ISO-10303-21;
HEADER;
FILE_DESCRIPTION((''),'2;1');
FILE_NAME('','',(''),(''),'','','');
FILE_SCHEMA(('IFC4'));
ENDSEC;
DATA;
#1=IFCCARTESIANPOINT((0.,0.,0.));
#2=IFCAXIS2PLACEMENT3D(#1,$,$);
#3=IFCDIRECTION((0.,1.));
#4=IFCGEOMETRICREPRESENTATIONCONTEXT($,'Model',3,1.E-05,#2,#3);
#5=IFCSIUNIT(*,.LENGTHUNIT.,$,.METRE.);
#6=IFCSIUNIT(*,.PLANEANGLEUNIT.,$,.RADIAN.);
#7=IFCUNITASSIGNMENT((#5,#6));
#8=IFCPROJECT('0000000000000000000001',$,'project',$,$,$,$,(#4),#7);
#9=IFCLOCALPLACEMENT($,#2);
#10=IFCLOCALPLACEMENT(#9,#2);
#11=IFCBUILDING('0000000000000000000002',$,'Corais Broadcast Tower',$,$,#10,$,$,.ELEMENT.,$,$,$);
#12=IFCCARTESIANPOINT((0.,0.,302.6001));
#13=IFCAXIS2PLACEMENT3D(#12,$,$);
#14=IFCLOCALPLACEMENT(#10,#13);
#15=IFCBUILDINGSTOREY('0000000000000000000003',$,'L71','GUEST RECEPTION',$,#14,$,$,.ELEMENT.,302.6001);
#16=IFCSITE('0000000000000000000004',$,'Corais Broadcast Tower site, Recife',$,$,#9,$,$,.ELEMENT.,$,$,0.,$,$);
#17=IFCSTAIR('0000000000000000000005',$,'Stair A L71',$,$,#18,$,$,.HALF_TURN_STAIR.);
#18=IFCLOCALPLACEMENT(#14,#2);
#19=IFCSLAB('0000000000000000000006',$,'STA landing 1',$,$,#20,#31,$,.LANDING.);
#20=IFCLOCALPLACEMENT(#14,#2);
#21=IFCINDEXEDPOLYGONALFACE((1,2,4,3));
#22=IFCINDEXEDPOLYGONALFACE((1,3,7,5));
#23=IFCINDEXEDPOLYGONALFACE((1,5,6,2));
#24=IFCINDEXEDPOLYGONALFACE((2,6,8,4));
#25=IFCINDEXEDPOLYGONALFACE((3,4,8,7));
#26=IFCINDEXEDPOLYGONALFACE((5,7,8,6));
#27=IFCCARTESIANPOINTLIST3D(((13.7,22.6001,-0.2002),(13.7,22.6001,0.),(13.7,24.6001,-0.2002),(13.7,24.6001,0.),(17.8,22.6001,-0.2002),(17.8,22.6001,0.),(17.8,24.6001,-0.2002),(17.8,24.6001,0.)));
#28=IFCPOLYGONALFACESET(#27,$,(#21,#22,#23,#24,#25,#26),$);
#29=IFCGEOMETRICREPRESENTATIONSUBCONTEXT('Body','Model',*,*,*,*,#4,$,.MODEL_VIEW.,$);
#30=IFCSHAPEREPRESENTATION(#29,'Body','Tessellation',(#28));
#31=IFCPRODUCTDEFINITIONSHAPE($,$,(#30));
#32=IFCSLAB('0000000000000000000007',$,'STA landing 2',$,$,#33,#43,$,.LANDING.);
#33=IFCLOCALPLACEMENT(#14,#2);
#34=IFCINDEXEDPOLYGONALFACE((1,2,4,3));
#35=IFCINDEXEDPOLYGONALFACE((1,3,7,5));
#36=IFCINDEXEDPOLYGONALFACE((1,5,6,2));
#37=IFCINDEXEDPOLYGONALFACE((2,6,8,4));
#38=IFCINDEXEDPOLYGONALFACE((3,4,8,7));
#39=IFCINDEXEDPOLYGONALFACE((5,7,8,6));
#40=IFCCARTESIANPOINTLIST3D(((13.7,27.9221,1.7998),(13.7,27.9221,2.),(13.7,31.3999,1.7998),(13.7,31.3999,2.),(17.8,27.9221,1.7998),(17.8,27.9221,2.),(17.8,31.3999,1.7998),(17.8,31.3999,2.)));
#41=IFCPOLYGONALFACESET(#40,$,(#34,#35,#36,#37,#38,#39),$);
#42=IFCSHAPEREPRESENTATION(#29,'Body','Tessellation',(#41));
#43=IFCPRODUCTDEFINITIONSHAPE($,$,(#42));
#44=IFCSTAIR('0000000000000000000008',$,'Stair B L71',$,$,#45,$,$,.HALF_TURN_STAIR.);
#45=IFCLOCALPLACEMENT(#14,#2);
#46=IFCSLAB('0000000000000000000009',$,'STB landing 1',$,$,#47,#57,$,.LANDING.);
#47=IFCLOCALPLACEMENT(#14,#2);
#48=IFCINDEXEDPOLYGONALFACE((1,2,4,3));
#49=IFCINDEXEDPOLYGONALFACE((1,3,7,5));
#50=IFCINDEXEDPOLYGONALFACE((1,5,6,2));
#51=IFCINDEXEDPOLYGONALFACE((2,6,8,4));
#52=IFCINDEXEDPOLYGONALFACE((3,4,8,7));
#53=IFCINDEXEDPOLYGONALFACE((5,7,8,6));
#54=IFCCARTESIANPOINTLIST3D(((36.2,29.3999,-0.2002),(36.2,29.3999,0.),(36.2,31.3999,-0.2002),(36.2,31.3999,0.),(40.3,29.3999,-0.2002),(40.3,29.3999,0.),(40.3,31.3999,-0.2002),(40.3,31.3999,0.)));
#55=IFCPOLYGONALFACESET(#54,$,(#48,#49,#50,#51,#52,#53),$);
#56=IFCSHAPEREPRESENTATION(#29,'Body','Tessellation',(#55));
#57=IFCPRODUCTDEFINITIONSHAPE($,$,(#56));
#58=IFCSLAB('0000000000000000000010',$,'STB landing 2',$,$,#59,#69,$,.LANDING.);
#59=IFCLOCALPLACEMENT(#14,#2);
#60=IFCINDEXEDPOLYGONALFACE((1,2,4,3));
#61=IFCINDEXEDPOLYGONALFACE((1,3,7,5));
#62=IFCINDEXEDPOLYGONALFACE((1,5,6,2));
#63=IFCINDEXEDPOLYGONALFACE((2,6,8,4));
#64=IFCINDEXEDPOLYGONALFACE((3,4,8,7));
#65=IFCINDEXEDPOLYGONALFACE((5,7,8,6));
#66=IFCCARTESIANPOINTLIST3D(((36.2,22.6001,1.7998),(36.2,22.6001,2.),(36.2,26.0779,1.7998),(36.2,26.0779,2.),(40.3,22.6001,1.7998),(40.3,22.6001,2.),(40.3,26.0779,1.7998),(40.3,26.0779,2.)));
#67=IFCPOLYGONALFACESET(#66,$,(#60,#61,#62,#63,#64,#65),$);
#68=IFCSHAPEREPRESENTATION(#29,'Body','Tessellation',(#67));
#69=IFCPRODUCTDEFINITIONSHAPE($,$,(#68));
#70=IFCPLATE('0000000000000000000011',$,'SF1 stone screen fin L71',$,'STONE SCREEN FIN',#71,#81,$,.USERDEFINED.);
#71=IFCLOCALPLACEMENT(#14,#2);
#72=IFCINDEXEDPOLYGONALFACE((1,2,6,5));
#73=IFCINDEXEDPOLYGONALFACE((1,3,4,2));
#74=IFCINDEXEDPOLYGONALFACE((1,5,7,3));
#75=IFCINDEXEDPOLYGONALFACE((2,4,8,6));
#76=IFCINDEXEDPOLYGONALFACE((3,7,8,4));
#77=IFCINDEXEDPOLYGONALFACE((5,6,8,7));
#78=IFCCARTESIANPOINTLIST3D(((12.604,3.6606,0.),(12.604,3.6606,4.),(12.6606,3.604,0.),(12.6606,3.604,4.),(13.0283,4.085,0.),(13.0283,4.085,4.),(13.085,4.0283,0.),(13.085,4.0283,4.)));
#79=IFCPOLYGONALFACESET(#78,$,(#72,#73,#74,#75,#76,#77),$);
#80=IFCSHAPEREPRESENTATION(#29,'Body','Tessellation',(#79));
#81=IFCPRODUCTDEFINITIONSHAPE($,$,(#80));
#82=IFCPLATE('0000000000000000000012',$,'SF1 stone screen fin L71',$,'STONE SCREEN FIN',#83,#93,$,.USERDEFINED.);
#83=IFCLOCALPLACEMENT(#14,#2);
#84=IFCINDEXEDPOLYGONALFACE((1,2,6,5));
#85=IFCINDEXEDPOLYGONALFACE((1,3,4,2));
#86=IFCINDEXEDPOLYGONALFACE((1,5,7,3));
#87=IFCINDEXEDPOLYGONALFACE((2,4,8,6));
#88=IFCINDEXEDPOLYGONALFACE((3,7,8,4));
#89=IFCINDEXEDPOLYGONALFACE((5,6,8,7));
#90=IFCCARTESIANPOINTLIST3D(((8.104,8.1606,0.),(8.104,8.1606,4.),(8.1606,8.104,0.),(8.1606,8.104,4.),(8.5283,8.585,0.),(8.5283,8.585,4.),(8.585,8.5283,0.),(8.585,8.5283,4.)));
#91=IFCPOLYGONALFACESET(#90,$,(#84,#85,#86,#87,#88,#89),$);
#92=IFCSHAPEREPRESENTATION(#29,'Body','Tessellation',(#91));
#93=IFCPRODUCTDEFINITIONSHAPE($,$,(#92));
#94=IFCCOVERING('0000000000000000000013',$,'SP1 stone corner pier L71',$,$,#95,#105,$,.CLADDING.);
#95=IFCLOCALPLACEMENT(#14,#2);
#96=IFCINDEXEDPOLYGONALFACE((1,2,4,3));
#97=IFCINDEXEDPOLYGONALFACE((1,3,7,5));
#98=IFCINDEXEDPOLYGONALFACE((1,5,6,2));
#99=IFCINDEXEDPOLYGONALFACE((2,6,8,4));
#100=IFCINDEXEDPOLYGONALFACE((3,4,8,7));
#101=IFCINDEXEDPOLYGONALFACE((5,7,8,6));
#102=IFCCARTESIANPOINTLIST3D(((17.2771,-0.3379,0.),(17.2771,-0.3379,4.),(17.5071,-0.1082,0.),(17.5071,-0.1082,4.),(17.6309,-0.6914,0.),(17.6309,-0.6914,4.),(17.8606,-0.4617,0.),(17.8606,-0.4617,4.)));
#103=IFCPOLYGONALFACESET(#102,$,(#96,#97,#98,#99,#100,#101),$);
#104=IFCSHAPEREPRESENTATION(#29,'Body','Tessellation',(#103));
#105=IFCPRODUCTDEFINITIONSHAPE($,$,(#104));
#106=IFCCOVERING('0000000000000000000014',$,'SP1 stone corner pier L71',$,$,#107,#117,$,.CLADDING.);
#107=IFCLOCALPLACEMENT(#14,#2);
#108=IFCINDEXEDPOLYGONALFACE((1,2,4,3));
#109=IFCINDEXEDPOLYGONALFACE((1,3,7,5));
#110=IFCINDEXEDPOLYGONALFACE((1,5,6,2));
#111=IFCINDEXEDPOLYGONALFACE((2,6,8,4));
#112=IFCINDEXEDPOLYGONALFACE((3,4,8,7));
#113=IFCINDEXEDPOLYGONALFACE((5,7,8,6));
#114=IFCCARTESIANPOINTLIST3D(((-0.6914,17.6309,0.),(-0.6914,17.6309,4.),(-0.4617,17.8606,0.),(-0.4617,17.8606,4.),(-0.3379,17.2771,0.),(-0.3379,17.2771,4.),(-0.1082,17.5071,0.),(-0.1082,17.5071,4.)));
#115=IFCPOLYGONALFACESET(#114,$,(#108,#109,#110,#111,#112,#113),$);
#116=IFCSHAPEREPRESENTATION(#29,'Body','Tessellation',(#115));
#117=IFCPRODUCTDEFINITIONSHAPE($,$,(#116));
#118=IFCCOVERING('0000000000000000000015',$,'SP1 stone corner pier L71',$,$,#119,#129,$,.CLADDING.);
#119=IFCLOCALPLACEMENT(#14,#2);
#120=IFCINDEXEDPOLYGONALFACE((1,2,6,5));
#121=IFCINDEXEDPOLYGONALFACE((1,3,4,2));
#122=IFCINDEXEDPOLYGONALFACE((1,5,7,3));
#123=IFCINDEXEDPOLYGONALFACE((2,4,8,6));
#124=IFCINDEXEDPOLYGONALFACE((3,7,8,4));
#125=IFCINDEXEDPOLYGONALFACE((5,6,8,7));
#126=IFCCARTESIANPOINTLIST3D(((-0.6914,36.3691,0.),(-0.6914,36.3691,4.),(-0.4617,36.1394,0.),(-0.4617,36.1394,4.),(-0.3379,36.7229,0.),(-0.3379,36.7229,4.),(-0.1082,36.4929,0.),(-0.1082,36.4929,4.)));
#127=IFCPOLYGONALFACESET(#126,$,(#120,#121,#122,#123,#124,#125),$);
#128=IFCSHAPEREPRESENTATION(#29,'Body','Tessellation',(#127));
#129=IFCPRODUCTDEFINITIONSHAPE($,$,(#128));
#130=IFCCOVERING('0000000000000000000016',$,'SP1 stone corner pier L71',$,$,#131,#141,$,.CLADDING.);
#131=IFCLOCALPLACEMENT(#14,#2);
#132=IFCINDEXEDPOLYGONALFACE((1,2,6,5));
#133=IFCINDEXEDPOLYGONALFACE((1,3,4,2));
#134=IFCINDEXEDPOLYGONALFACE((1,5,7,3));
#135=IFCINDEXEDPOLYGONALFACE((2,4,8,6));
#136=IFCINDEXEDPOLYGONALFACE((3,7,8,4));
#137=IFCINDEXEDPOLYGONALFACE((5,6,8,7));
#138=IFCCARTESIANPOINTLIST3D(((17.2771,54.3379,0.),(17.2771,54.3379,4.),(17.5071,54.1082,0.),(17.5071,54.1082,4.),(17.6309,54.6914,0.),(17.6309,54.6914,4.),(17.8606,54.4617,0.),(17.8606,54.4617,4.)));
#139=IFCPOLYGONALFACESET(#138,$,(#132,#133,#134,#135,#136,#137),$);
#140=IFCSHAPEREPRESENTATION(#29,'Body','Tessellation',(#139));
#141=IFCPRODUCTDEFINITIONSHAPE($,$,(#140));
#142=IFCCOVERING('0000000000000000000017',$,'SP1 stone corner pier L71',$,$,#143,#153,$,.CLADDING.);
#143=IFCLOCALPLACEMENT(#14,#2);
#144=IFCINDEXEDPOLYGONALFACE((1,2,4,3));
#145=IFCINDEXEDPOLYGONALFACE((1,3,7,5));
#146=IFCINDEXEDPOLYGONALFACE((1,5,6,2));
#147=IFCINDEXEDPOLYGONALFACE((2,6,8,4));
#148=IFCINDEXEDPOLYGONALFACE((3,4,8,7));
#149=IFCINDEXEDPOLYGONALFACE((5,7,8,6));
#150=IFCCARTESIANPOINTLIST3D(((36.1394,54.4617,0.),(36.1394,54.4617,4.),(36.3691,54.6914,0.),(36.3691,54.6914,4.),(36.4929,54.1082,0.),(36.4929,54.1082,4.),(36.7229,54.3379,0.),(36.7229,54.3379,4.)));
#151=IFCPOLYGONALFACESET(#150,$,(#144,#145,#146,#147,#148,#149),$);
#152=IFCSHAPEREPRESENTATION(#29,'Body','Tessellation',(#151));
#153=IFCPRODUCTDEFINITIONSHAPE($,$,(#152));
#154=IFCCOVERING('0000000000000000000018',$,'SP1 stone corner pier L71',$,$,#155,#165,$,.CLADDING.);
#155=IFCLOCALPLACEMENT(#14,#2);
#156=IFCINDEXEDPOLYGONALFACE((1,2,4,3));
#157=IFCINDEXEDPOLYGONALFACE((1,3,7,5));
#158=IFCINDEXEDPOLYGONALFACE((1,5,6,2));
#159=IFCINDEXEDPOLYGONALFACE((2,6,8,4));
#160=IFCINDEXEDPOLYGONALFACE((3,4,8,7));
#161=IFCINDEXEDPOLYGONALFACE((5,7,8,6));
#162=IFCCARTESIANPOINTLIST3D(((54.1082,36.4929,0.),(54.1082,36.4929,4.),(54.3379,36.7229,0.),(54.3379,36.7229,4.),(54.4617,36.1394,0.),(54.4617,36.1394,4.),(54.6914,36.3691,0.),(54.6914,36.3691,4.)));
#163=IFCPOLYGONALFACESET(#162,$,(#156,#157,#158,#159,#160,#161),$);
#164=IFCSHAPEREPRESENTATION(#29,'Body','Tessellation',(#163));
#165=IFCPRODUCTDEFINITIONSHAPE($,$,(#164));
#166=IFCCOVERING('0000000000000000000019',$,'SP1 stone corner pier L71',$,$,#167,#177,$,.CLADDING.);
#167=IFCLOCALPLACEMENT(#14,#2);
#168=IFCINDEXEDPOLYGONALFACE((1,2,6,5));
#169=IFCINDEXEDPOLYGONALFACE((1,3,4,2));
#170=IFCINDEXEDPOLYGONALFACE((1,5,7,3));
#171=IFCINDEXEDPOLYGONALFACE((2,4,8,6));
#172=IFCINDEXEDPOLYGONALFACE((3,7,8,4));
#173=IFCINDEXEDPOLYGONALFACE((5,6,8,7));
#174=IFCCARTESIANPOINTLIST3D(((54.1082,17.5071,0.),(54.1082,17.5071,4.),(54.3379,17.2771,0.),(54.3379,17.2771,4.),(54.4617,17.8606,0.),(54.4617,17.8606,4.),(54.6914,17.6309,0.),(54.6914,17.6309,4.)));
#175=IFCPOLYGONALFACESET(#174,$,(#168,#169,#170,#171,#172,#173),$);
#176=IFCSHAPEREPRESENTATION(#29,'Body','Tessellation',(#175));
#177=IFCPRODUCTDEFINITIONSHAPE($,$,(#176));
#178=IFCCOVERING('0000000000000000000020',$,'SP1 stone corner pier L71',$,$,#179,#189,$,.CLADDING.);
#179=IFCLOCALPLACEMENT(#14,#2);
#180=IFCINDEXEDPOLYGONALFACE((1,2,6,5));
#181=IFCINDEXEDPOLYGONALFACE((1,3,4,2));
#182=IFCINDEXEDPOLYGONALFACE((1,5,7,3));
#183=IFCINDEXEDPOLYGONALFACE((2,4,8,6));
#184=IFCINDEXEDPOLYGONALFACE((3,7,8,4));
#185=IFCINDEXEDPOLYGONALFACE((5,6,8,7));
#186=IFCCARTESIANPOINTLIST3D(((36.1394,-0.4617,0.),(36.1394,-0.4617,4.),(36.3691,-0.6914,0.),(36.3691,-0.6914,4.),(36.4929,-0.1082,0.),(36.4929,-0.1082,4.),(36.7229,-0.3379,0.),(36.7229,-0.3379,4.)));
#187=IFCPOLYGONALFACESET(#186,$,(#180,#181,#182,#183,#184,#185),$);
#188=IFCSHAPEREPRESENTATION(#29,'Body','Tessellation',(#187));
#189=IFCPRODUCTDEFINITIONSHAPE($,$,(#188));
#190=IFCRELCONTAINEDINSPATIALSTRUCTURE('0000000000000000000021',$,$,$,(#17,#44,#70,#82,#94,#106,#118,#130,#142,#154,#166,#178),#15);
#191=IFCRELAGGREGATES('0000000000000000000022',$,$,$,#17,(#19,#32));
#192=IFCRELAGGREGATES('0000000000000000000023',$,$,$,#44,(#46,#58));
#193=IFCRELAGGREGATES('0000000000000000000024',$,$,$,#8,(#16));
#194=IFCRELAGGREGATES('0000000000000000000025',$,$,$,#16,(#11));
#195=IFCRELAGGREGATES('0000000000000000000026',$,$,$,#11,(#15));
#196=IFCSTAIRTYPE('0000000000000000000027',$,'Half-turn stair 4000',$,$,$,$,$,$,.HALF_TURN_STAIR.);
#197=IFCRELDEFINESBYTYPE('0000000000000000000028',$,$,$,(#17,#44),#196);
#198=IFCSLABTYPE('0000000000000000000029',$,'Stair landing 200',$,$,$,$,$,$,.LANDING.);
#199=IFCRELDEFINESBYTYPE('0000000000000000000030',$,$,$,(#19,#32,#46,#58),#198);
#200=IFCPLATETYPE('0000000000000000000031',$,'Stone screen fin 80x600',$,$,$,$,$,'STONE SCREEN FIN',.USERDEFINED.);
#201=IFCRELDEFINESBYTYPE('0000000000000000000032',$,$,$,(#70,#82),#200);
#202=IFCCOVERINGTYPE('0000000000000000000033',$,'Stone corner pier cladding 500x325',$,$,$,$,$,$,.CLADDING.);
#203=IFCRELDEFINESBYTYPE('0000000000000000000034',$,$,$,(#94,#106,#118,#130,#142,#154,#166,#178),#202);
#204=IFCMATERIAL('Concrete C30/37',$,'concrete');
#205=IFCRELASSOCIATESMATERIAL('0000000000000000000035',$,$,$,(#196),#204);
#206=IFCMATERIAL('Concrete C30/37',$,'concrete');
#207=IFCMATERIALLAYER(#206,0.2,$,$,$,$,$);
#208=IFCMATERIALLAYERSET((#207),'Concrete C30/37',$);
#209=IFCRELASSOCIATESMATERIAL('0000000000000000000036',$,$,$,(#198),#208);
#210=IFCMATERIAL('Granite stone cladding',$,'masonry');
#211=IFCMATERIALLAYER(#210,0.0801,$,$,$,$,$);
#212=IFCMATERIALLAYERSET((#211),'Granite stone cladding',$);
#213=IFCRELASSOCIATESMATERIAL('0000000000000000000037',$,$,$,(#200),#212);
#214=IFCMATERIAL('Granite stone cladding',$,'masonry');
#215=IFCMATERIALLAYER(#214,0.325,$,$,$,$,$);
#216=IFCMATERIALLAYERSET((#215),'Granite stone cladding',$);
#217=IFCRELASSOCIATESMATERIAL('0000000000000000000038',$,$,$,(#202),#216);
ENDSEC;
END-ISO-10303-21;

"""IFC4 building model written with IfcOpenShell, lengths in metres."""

from ifc_helpers import new_model, si_unit, direction, frame, origin, origin_2d, place, context, subcontext, project, spatial, polyline, rectangle, outline, extrude, material, layer, layer_set, type_object, element, aggregate, save


model = new_model("IFC4")

# Units and contexts
model_context = context("Model", 3, precision=1e-05, world=origin(), true_north=direction((0.0, 1.0)))
body_context = subcontext(model_context, "Body", "Model", "MODEL_VIEW")
ifc_project = project(units=[si_unit("LENGTHUNIT", "METRE"), si_unit("PLANEANGLEUNIT", "RADIAN")], contexts=[model_context])

# Site, building, storey
site_placement = place(None, origin())
site = spatial("IfcSite", under=ifc_project, at=site_placement, Name="Corais Broadcast Tower site, Recife", CompositionType="ELEMENT", RefElevation=0.0)
building_placement = place(site_placement, origin())
building = spatial("IfcBuilding", under=site, at=building_placement, Name="Corais Broadcast Tower", CompositionType="ELEMENT")
storey_placement = place(building_placement, frame((0.0, 0.0, 302.6001)))
storey = spatial("IfcBuildingStorey", under=building, at=storey_placement, Name="L71", Description="GUEST RECEPTION", CompositionType="ELEMENT", Elevation=302.6001)

# Stairs, slabs
ifc_material_1 = material(Name="Concrete C30/37", Category="concrete")
stair_type = type_object("IfcStairType", Name="Half-turn stair 4000", PredefinedType="HALF_TURN_STAIR", material=ifc_material_1)
stair_1_placement = place(storey_placement, origin())
stair_1 = element("IfcStair", 1, at=stair_1_placement, inside=storey, type_object=stair_type, Name="Stair A L71", PredefinedType="HALF_TURN_STAIR")
ifc_material_2 = material(Name="Concrete C30/37", Category="concrete")
ifc_layer_1 = layer(ifc_material_2, 0.2)
ifc_layer_set_1 = layer_set([ifc_layer_1], Name="Concrete C30/37")
slab_type_1 = type_object("IfcSlabType", Name="Stair landing 200", PredefinedType="LANDING", material=ifc_layer_set_1)
slab_1_placement = place(storey_placement, frame((0.0, 0.0, -0.2002)))
slab_1 = element("IfcSlab", 2, at=slab_1_placement, type_object=slab_type_1, Name="STA landing 1", PredefinedType="LANDING", context=body_context, shape_type="SweptSolid", body=[
    extrude(outline(polyline([(13.7, 22.6001), (17.8, 22.6001), (17.8, 24.6001), (13.7, 24.6001), (13.7, 22.6001)])), origin(), (0.0, 0.0, 1.0), 0.2002),
])
slab_2_placement = place(storey_placement, frame((0.0, 0.0, 1.7998)))
slab_2 = element("IfcSlab", 3, at=slab_2_placement, type_object=slab_type_1, Name="STA landing 2", PredefinedType="LANDING", context=body_context, shape_type="SweptSolid", body=[
    extrude(outline(polyline([(13.7, 27.9221), (17.8, 27.9221), (17.8, 31.3999), (13.7, 31.3999), (13.7, 27.9221)])), origin(), (0.0, 0.0, 1.0), 0.2002),
])
aggregate(stair_1, [slab_1, slab_2])
stair_2_placement = place(storey_placement, origin())
stair_2 = element("IfcStair", 4, at=stair_2_placement, inside=storey, type_object=stair_type, Name="Stair B L71", PredefinedType="HALF_TURN_STAIR")
slab_3_placement = place(storey_placement, frame((0.0, 0.0, -0.2002)))
slab_3 = element("IfcSlab", 5, at=slab_3_placement, type_object=slab_type_1, Name="STB landing 1", PredefinedType="LANDING", context=body_context, shape_type="SweptSolid", body=[
    extrude(outline(polyline([(36.2, 29.3999), (40.3, 29.3999), (40.3, 31.3999), (36.2, 31.3999), (36.2, 29.3999)])), origin(), (0.0, 0.0, 1.0), 0.2002),
])
slab_4_placement = place(storey_placement, frame((0.0, 0.0, 1.7998)))
slab_4 = element("IfcSlab", 6, at=slab_4_placement, type_object=slab_type_1, Name="STB landing 2", PredefinedType="LANDING", context=body_context, shape_type="SweptSolid", body=[
    extrude(outline(polyline([(36.2, 22.6001), (40.3, 22.6001), (40.3, 26.0779), (36.2, 26.0779), (36.2, 22.6001)])), origin(), (0.0, 0.0, 1.0), 0.2002),
])
aggregate(stair_2, [slab_3, slab_4])

# Plates
ifc_material_3 = material(Name="Granite stone cladding", Category="masonry")
ifc_layer_2 = layer(ifc_material_3, 0.0801)
ifc_layer_set_2 = layer_set([ifc_layer_2], Name="Granite stone cladding")
plate_type_1 = type_object("IfcPlateType", Name="Stone screen fin 80x600", ElementType="STONE SCREEN FIN", PredefinedType="USERDEFINED", material=ifc_layer_set_2)
for number, where, z_axis, x_axis, name in (
    (7, (12.8445, 3.8445, 0.0), (0.0, 0.0, 1.0), (-0.707107, 0.707107, 0.0), "SF1 stone screen fin L71"),
    (8, (8.3445, 8.3445, 0.0), (0.0, 0.0, 1.0), (-0.707107, 0.707107, 0.0), "SF1 stone screen fin L71"),
):
    element("IfcPlate", number, at=place(storey_placement, frame(where, z_axis=z_axis, x_axis=x_axis)), inside=storey, type_object=plate_type_1, Name=name, ObjectType="STONE SCREEN FIN", PredefinedType="USERDEFINED", context=body_context, shape_type="SweptSolid", body=[
        extrude(rectangle(XDim=0.0801, YDim=0.6001, at=origin_2d()), origin(), (0.0, 0.0, 1.0), 4.0),
    ])

# Coverings
ifc_material_4 = material(Name="Granite stone cladding", Category="masonry")
ifc_layer_3 = layer(ifc_material_4, 0.325)
ifc_layer_set_3 = layer_set([ifc_layer_3], Name="Granite stone cladding")
covering_type_1 = type_object("IfcCoveringType", Name="Stone corner pier cladding 500x325", PredefinedType="CLADDING", material=ifc_layer_set_3)
covering_1_placement = place(storey_placement, origin())
element("IfcCovering", 9, at=covering_1_placement, inside=storey, type_object=covering_type_1, Name="SP1 stone corner pier L71", PredefinedType="CLADDING", context=body_context, shape_type="SweptSolid", body=[
    extrude(outline(polyline([(17.8606, -0.4617), (17.5071, -0.1082), (17.2771, -0.3379), (17.6309, -0.6914), (17.8606, -0.4617)])), origin(), (0.0, 0.0, 1.0), 4.0),
])
covering_2_placement = place(storey_placement, origin())
element("IfcCovering", 10, at=covering_2_placement, inside=storey, type_object=covering_type_1, Name="SP1 stone corner pier L71", PredefinedType="CLADDING", context=body_context, shape_type="SweptSolid", body=[
    extrude(outline(polyline([(-0.4617, 17.8606), (-0.6914, 17.6309), (-0.3379, 17.2771), (-0.1082, 17.5071), (-0.4617, 17.8606)])), origin(), (0.0, 0.0, 1.0), 4.0),
])
covering_3_placement = place(storey_placement, origin())
element("IfcCovering", 11, at=covering_3_placement, inside=storey, type_object=covering_type_1, Name="SP1 stone corner pier L71", PredefinedType="CLADDING", context=body_context, shape_type="SweptSolid", body=[
    extrude(outline(polyline([(-0.4617, 36.1394), (-0.1082, 36.4929), (-0.3379, 36.7229), (-0.6914, 36.3691), (-0.4617, 36.1394)])), origin(), (0.0, 0.0, 1.0), 4.0),
])
covering_4_placement = place(storey_placement, origin())
element("IfcCovering", 12, at=covering_4_placement, inside=storey, type_object=covering_type_1, Name="SP1 stone corner pier L71", PredefinedType="CLADDING", context=body_context, shape_type="SweptSolid", body=[
    extrude(outline(polyline([(17.8606, 54.4617), (17.6309, 54.6914), (17.2771, 54.3379), (17.5071, 54.1082), (17.8606, 54.4617)])), origin(), (0.0, 0.0, 1.0), 4.0),
])
covering_5_placement = place(storey_placement, origin())
element("IfcCovering", 13, at=covering_5_placement, inside=storey, type_object=covering_type_1, Name="SP1 stone corner pier L71", PredefinedType="CLADDING", context=body_context, shape_type="SweptSolid", body=[
    extrude(outline(polyline([(36.1394, 54.4617), (36.4929, 54.1082), (36.7229, 54.3379), (36.3691, 54.6914), (36.1394, 54.4617)])), origin(), (0.0, 0.0, 1.0), 4.0),
])
covering_6_placement = place(storey_placement, origin())
element("IfcCovering", 14, at=covering_6_placement, inside=storey, type_object=covering_type_1, Name="SP1 stone corner pier L71", PredefinedType="CLADDING", context=body_context, shape_type="SweptSolid", body=[
    extrude(outline(polyline([(54.4617, 36.1394), (54.6914, 36.3691), (54.3379, 36.7229), (54.1082, 36.4929), (54.4617, 36.1394)])), origin(), (0.0, 0.0, 1.0), 4.0),
])
covering_7_placement = place(storey_placement, origin())
element("IfcCovering", 15, at=covering_7_placement, inside=storey, type_object=covering_type_1, Name="SP1 stone corner pier L71", PredefinedType="CLADDING", context=body_context, shape_type="SweptSolid", body=[
    extrude(outline(polyline([(54.4617, 17.8606), (54.1082, 17.5071), (54.3379, 17.2771), (54.6914, 17.6309), (54.4617, 17.8606)])), origin(), (0.0, 0.0, 1.0), 4.0),
])
covering_8_placement = place(storey_placement, origin())
element("IfcCovering", 16, at=covering_8_placement, inside=storey, type_object=covering_type_1, Name="SP1 stone corner pier L71", PredefinedType="CLADDING", context=body_context, shape_type="SweptSolid", body=[
    extrude(outline(polyline([(36.1394, -0.4617), (36.3691, -0.6914), (36.7229, -0.3379), (36.4929, -0.1082), (36.1394, -0.4617)])), origin(), (0.0, 0.0, 1.0), 4.0),
])

save(model, "model.ifc")
